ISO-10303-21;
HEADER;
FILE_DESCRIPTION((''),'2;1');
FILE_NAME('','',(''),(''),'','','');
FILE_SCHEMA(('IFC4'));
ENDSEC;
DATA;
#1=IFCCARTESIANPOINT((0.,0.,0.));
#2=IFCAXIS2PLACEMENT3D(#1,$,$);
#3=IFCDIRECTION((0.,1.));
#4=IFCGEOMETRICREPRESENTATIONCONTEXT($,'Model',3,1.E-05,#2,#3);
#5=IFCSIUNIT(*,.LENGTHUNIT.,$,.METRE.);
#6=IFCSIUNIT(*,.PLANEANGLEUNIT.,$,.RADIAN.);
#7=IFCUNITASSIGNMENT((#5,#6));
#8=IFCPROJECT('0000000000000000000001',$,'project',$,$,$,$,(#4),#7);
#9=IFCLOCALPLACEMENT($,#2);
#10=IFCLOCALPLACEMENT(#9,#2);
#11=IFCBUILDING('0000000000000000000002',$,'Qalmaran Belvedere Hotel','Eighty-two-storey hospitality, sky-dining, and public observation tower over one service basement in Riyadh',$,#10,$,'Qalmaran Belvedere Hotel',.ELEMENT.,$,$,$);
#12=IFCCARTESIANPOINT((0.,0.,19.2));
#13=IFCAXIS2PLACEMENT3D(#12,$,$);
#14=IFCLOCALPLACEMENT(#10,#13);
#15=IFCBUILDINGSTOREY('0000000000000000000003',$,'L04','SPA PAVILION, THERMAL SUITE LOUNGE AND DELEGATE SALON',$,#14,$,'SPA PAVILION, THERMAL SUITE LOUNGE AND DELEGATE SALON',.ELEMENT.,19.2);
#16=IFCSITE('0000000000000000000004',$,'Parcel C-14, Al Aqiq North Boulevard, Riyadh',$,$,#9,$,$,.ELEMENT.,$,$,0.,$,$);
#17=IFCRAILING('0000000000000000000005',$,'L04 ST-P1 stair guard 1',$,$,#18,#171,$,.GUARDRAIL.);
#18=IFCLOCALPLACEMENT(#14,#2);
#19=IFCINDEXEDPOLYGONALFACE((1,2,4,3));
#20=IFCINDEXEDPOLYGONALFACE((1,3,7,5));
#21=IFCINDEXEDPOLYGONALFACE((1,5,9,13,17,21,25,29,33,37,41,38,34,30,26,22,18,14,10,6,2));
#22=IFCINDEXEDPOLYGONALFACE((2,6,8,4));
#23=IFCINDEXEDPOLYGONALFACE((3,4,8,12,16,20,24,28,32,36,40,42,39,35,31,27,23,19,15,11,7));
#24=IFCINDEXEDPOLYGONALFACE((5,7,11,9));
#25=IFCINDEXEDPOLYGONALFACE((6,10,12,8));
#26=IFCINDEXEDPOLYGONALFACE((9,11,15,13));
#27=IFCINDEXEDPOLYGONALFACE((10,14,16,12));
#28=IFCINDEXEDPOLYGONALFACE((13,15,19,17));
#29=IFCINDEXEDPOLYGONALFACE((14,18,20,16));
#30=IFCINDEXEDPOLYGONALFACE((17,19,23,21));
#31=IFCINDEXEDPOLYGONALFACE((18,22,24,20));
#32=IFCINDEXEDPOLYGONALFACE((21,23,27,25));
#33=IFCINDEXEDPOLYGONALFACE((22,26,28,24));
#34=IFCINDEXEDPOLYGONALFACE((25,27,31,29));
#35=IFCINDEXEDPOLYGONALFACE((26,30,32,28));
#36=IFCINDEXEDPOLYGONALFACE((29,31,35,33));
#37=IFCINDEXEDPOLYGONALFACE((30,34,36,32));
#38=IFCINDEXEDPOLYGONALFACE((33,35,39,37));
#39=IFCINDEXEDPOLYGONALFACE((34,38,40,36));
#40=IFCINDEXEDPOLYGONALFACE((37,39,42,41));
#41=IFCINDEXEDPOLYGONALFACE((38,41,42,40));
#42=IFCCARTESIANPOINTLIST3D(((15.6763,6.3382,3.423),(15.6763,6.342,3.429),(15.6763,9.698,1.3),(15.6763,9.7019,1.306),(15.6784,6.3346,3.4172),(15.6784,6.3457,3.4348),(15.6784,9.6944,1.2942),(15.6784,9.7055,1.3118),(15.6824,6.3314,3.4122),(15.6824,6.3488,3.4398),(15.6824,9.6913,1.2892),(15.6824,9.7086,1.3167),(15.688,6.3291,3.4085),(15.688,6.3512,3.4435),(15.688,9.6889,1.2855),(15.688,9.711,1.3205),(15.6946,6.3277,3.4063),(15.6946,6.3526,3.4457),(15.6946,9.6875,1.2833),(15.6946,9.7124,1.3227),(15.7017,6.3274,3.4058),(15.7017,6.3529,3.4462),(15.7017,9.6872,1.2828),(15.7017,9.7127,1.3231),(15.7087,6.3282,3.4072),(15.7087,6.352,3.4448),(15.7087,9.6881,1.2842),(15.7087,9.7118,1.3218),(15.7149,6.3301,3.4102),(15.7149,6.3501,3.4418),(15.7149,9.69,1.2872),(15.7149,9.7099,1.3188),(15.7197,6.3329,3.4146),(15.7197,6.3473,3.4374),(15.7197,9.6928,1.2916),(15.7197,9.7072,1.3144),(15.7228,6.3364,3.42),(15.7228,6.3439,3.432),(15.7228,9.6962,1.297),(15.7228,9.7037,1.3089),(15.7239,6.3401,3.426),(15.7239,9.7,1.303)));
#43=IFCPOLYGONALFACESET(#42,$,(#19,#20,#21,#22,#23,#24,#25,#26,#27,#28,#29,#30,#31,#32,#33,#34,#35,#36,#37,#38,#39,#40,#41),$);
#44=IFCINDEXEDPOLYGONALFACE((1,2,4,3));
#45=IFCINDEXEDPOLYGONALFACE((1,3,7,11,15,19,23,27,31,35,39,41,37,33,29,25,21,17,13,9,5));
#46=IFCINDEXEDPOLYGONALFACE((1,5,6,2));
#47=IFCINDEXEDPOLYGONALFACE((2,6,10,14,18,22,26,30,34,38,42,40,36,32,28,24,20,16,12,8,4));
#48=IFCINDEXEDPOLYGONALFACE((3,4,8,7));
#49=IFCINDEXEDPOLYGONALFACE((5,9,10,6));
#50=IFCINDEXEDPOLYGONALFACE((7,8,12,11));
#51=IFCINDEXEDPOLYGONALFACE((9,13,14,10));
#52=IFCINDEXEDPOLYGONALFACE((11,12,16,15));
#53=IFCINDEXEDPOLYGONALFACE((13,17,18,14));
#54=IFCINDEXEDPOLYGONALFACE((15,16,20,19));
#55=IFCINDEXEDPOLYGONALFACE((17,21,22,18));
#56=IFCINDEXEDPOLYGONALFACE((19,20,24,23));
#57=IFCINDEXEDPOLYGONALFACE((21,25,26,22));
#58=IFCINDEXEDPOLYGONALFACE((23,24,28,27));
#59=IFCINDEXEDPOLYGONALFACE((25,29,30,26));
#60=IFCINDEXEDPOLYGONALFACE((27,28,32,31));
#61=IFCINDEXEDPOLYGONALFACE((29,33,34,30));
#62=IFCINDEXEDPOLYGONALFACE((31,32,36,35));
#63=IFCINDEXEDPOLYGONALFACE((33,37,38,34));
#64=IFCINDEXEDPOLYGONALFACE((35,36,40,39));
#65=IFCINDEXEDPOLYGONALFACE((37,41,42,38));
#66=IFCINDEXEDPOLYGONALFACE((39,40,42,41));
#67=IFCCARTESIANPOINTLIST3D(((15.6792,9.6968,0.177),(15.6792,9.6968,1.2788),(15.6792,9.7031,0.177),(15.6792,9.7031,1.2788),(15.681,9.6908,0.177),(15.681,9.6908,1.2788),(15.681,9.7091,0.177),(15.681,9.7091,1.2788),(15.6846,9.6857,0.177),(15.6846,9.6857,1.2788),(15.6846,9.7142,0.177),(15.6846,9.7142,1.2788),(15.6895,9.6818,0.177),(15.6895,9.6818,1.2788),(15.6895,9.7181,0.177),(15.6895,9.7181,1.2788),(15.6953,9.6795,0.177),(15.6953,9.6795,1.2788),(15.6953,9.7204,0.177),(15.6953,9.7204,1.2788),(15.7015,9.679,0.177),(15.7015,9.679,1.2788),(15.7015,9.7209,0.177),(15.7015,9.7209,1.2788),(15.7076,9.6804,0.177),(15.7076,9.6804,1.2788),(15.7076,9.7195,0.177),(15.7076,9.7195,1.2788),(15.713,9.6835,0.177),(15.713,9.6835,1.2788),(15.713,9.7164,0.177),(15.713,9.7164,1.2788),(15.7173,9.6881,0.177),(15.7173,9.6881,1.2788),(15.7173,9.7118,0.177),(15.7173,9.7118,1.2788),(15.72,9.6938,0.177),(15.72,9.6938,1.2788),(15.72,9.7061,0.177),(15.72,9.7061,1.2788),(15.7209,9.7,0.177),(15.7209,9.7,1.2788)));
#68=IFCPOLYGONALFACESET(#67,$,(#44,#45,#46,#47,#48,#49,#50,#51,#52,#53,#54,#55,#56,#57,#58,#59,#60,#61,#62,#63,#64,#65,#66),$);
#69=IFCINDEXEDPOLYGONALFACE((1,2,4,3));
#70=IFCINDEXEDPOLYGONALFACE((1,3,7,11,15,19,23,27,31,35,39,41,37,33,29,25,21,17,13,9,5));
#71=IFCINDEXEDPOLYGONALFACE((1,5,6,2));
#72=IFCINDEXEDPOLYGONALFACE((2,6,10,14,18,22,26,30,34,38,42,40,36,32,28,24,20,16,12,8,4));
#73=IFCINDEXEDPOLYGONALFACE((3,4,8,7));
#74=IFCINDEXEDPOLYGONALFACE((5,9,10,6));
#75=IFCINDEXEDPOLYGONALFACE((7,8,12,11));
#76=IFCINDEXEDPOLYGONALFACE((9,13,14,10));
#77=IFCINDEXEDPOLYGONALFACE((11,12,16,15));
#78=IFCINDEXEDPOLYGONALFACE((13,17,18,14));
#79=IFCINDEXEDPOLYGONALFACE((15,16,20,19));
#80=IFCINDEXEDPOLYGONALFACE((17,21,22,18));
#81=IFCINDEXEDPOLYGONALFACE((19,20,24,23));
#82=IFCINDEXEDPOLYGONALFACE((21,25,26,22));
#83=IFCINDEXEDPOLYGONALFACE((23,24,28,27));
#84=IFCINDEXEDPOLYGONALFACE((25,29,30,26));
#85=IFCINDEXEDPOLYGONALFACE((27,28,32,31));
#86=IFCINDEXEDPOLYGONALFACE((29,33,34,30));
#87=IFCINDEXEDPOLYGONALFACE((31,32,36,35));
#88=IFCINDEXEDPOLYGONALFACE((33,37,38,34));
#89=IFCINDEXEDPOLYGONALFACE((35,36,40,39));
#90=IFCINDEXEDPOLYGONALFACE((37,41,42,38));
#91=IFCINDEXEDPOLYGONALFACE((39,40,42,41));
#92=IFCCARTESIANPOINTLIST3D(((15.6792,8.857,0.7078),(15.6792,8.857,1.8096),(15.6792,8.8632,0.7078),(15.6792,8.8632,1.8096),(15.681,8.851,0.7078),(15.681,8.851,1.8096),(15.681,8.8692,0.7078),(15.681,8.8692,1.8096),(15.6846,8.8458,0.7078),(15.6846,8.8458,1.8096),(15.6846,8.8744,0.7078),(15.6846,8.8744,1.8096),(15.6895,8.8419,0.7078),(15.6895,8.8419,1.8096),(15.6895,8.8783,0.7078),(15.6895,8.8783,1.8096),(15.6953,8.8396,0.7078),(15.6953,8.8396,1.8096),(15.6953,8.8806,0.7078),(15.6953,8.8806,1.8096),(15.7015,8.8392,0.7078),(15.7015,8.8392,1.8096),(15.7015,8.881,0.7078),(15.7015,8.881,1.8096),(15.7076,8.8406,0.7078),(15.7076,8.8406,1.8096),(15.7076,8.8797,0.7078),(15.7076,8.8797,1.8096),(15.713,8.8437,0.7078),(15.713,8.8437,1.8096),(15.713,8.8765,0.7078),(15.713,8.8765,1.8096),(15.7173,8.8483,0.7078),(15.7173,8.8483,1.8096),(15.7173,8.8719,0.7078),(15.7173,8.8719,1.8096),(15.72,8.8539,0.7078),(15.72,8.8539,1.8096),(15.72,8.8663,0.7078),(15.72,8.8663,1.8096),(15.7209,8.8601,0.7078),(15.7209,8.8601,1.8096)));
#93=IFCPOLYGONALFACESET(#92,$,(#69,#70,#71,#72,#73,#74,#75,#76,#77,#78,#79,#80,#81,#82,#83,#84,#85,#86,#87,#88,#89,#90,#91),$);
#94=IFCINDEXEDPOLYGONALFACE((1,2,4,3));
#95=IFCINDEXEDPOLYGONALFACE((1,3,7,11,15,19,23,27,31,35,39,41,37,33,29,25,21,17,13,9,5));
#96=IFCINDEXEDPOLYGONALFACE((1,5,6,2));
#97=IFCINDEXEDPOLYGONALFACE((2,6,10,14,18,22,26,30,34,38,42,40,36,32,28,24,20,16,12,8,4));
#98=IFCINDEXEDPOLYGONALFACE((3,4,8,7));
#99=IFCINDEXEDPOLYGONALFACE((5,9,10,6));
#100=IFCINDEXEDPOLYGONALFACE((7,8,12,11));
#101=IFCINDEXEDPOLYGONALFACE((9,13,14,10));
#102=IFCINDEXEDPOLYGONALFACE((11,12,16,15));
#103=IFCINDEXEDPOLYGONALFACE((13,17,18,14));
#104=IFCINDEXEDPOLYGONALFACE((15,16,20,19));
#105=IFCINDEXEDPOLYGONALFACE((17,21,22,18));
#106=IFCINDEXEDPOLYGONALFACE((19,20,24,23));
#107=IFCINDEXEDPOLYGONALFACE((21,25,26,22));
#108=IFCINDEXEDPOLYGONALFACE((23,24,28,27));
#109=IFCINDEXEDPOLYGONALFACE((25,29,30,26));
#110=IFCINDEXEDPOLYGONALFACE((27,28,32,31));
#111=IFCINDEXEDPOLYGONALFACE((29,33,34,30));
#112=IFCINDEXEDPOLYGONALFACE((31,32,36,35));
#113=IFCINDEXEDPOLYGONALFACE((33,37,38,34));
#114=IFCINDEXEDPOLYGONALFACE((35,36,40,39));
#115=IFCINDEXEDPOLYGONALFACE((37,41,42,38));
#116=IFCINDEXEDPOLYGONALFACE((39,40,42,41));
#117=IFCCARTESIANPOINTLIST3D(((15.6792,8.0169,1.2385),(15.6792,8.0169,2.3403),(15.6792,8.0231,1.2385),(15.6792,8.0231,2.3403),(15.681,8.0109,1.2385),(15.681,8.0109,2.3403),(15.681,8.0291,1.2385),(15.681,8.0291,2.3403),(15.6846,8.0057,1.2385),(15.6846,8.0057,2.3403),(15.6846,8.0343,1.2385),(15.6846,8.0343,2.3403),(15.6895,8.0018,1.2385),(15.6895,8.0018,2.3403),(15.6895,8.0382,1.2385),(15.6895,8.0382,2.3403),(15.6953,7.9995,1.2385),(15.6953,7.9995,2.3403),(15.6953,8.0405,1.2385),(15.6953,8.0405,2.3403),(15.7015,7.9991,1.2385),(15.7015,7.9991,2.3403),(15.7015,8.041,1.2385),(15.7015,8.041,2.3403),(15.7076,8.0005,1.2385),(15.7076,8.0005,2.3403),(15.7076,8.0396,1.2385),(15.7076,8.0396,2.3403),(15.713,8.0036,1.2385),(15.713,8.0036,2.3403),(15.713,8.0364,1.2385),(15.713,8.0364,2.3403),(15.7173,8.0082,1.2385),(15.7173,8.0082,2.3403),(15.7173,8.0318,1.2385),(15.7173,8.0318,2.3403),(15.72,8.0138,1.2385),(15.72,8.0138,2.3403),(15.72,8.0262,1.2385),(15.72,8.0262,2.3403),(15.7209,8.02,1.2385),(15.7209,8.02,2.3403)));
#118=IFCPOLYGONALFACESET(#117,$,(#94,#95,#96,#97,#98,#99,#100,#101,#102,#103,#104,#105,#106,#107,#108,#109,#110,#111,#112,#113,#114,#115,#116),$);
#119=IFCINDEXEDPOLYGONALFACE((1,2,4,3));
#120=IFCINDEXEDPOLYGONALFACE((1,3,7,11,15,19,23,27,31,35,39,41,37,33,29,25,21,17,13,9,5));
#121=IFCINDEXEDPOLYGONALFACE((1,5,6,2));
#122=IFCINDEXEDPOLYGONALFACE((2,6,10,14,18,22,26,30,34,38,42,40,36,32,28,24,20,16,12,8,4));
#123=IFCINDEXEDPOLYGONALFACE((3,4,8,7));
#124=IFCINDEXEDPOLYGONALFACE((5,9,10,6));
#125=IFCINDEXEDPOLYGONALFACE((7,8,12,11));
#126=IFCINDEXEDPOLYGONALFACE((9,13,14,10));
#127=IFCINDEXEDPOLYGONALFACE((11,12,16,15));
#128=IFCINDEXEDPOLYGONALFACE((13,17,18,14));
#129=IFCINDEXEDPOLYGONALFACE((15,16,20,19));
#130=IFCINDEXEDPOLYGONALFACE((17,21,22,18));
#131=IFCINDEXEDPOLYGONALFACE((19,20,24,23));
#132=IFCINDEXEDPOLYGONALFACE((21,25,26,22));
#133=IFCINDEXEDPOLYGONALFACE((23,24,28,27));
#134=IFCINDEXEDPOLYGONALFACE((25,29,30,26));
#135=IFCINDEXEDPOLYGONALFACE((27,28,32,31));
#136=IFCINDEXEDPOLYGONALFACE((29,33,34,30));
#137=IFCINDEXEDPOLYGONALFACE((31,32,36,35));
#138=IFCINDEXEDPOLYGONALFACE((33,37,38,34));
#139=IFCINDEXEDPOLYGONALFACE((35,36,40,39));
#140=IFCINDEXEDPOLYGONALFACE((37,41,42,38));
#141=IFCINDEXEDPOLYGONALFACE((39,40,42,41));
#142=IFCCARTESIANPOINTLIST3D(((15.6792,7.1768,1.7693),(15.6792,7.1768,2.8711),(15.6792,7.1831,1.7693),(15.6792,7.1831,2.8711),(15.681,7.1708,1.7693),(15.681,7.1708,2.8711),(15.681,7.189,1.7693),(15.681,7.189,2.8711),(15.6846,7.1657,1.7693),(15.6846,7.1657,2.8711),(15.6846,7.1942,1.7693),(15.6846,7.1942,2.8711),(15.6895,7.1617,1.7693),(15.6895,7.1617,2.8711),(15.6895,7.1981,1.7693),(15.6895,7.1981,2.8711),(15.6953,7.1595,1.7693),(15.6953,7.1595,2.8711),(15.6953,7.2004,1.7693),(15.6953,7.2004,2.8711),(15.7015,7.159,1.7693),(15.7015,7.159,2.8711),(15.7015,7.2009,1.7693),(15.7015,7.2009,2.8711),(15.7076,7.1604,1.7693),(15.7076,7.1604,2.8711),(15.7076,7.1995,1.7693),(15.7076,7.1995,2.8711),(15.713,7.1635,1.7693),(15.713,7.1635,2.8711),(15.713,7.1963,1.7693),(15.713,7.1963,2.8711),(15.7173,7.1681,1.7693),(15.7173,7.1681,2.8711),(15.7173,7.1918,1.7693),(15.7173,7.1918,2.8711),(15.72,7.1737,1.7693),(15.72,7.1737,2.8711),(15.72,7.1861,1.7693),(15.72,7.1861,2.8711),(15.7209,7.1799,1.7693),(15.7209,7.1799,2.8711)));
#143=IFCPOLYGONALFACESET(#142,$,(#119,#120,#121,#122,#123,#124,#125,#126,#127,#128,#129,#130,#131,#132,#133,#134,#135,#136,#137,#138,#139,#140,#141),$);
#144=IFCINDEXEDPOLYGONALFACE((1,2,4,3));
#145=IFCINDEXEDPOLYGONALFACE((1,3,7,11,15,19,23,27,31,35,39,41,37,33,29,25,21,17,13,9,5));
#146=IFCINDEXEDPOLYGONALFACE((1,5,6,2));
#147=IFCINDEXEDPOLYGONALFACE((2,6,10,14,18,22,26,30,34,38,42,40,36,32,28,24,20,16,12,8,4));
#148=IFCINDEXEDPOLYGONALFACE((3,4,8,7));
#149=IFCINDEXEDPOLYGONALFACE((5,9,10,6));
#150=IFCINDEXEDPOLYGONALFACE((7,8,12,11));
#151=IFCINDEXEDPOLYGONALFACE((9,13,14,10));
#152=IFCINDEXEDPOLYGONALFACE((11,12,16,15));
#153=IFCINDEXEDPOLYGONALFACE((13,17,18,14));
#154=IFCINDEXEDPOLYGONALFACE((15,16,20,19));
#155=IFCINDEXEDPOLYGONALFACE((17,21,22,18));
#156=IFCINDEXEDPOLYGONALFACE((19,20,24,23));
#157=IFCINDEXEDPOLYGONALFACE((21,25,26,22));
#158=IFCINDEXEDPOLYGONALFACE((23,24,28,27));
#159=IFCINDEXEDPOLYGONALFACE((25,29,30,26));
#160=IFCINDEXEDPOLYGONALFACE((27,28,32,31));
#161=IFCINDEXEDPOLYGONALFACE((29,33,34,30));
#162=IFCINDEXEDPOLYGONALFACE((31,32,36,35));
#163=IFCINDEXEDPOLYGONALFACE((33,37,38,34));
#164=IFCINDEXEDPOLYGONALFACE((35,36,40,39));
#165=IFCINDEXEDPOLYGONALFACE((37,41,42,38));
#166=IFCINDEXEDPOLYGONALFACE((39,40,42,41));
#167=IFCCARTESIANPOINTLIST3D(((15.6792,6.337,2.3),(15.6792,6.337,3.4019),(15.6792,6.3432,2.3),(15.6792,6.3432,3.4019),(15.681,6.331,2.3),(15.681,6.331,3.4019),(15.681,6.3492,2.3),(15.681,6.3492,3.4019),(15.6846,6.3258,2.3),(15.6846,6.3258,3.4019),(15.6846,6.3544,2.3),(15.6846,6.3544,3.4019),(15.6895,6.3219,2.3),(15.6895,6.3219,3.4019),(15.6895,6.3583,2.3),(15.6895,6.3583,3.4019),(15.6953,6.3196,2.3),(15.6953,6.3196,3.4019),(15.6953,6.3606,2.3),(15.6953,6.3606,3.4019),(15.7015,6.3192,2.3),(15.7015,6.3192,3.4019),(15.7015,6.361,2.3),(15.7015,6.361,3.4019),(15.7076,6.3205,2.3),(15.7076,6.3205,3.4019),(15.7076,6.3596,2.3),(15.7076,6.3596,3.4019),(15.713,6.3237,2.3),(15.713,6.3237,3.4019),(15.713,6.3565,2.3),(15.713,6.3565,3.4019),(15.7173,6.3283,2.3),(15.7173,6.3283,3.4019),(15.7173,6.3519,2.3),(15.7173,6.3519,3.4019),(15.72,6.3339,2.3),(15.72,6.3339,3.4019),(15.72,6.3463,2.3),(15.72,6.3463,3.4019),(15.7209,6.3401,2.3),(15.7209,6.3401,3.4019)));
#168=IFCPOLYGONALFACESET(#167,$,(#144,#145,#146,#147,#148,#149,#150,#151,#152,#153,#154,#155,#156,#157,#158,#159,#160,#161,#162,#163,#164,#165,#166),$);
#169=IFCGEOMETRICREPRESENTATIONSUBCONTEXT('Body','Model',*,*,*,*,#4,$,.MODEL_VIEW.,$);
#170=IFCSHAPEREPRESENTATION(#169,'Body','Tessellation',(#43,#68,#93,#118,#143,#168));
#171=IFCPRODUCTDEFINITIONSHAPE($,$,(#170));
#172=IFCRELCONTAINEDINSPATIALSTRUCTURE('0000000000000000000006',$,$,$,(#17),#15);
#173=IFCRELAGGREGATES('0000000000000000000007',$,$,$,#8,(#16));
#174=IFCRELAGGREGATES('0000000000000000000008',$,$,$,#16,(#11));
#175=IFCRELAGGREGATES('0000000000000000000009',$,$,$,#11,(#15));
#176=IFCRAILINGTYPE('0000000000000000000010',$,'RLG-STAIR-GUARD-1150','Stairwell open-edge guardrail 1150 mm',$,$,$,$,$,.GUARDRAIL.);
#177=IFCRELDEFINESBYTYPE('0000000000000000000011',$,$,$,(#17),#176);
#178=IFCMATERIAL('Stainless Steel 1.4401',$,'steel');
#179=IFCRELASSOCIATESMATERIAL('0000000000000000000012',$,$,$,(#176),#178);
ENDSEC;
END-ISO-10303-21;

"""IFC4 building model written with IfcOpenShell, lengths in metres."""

from ifc_helpers import new_model, si_unit, direction, frame, origin, origin_2d, place, context, subcontext, project, spatial, circle, extrude, material, type_object, element, save


model = new_model("IFC4")

# Units and contexts
model_context = context("Model", 3, precision=1e-05, world=origin(), true_north=direction((0.0, 1.0)))
body_context = subcontext(model_context, "Body", "Model", "MODEL_VIEW")
ifc_project = project(units=[si_unit("LENGTHUNIT", "METRE"), si_unit("PLANEANGLEUNIT", "RADIAN")], contexts=[model_context])

# Site, building, storey
site_placement = place(None, origin())
site = spatial("IfcSite", under=ifc_project, at=site_placement, Name="Parcel C-14, Al Aqiq North Boulevard, Riyadh", CompositionType="ELEMENT", RefElevation=0.0)
building_placement = place(site_placement, origin())
building = spatial("IfcBuilding", under=site, at=building_placement, Name="Qalmaran Belvedere Hotel", Description="Eighty-two-storey hospitality, sky-dining, and public observation tower over one service basement in Riyadh", LongName="Qalmaran Belvedere Hotel", CompositionType="ELEMENT")
storey_placement = place(building_placement, frame((0.0, 0.0, 19.2)))
storey = spatial("IfcBuildingStorey", under=building, at=storey_placement, Name="L04", Description="SPA PAVILION, THERMAL SUITE LOUNGE AND DELEGATE SALON", LongName="SPA PAVILION, THERMAL SUITE LOUNGE AND DELEGATE SALON", CompositionType="ELEMENT", Elevation=19.2)

# Railing
ifc_material_1 = material(Name="Stainless Steel 1.4401", Category="steel")
railing_type_1 = type_object("IfcRailingType", Name="RLG-STAIR-GUARD-1150", Description="Stairwell open-edge guardrail 1150 mm", PredefinedType="GUARDRAIL", material=ifc_material_1)
railing_1_placement = place(storey_placement, frame((15.7, 9.7, 0.177)))
element("IfcRailing", 1, at=railing_1_placement, inside=storey, type_object=railing_type_1, Name="L04 ST-P1 stair guard 1", PredefinedType="GUARDRAIL", context=body_context, shape_type="SweptSolid", body=[
    extrude(circle(Radius=0.0239, at=origin_2d()), frame((0.0, 0.0, 1.126), z_axis=(0.0, -0.845372, 0.534178), x_axis=(1.0, 0.0, 0.0)), (0.0, 0.0, 1.0), 3.9744),
    extrude(circle(Radius=0.021, at=origin_2d()), origin(), (0.0, 0.0, 1.0), 1.1018),
    extrude(circle(Radius=0.021, at=origin_2d()), frame((0.0, -0.8398, 0.5308)), (0.0, 0.0, 1.0), 1.1018),
    extrude(circle(Radius=0.021, at=origin_2d()), frame((0.0, -1.6799, 1.0615)), (0.0, 0.0, 1.0), 1.1018),
    extrude(circle(Radius=0.021, at=origin_2d()), frame((0.0, -2.52, 1.5923)), (0.0, 0.0, 1.0), 1.1018),
    extrude(circle(Radius=0.021, at=origin_2d()), frame((0.0, -3.3599, 2.123)), (0.0, 0.0, 1.0), 1.1018),
])

save(model, "model.ifc")
